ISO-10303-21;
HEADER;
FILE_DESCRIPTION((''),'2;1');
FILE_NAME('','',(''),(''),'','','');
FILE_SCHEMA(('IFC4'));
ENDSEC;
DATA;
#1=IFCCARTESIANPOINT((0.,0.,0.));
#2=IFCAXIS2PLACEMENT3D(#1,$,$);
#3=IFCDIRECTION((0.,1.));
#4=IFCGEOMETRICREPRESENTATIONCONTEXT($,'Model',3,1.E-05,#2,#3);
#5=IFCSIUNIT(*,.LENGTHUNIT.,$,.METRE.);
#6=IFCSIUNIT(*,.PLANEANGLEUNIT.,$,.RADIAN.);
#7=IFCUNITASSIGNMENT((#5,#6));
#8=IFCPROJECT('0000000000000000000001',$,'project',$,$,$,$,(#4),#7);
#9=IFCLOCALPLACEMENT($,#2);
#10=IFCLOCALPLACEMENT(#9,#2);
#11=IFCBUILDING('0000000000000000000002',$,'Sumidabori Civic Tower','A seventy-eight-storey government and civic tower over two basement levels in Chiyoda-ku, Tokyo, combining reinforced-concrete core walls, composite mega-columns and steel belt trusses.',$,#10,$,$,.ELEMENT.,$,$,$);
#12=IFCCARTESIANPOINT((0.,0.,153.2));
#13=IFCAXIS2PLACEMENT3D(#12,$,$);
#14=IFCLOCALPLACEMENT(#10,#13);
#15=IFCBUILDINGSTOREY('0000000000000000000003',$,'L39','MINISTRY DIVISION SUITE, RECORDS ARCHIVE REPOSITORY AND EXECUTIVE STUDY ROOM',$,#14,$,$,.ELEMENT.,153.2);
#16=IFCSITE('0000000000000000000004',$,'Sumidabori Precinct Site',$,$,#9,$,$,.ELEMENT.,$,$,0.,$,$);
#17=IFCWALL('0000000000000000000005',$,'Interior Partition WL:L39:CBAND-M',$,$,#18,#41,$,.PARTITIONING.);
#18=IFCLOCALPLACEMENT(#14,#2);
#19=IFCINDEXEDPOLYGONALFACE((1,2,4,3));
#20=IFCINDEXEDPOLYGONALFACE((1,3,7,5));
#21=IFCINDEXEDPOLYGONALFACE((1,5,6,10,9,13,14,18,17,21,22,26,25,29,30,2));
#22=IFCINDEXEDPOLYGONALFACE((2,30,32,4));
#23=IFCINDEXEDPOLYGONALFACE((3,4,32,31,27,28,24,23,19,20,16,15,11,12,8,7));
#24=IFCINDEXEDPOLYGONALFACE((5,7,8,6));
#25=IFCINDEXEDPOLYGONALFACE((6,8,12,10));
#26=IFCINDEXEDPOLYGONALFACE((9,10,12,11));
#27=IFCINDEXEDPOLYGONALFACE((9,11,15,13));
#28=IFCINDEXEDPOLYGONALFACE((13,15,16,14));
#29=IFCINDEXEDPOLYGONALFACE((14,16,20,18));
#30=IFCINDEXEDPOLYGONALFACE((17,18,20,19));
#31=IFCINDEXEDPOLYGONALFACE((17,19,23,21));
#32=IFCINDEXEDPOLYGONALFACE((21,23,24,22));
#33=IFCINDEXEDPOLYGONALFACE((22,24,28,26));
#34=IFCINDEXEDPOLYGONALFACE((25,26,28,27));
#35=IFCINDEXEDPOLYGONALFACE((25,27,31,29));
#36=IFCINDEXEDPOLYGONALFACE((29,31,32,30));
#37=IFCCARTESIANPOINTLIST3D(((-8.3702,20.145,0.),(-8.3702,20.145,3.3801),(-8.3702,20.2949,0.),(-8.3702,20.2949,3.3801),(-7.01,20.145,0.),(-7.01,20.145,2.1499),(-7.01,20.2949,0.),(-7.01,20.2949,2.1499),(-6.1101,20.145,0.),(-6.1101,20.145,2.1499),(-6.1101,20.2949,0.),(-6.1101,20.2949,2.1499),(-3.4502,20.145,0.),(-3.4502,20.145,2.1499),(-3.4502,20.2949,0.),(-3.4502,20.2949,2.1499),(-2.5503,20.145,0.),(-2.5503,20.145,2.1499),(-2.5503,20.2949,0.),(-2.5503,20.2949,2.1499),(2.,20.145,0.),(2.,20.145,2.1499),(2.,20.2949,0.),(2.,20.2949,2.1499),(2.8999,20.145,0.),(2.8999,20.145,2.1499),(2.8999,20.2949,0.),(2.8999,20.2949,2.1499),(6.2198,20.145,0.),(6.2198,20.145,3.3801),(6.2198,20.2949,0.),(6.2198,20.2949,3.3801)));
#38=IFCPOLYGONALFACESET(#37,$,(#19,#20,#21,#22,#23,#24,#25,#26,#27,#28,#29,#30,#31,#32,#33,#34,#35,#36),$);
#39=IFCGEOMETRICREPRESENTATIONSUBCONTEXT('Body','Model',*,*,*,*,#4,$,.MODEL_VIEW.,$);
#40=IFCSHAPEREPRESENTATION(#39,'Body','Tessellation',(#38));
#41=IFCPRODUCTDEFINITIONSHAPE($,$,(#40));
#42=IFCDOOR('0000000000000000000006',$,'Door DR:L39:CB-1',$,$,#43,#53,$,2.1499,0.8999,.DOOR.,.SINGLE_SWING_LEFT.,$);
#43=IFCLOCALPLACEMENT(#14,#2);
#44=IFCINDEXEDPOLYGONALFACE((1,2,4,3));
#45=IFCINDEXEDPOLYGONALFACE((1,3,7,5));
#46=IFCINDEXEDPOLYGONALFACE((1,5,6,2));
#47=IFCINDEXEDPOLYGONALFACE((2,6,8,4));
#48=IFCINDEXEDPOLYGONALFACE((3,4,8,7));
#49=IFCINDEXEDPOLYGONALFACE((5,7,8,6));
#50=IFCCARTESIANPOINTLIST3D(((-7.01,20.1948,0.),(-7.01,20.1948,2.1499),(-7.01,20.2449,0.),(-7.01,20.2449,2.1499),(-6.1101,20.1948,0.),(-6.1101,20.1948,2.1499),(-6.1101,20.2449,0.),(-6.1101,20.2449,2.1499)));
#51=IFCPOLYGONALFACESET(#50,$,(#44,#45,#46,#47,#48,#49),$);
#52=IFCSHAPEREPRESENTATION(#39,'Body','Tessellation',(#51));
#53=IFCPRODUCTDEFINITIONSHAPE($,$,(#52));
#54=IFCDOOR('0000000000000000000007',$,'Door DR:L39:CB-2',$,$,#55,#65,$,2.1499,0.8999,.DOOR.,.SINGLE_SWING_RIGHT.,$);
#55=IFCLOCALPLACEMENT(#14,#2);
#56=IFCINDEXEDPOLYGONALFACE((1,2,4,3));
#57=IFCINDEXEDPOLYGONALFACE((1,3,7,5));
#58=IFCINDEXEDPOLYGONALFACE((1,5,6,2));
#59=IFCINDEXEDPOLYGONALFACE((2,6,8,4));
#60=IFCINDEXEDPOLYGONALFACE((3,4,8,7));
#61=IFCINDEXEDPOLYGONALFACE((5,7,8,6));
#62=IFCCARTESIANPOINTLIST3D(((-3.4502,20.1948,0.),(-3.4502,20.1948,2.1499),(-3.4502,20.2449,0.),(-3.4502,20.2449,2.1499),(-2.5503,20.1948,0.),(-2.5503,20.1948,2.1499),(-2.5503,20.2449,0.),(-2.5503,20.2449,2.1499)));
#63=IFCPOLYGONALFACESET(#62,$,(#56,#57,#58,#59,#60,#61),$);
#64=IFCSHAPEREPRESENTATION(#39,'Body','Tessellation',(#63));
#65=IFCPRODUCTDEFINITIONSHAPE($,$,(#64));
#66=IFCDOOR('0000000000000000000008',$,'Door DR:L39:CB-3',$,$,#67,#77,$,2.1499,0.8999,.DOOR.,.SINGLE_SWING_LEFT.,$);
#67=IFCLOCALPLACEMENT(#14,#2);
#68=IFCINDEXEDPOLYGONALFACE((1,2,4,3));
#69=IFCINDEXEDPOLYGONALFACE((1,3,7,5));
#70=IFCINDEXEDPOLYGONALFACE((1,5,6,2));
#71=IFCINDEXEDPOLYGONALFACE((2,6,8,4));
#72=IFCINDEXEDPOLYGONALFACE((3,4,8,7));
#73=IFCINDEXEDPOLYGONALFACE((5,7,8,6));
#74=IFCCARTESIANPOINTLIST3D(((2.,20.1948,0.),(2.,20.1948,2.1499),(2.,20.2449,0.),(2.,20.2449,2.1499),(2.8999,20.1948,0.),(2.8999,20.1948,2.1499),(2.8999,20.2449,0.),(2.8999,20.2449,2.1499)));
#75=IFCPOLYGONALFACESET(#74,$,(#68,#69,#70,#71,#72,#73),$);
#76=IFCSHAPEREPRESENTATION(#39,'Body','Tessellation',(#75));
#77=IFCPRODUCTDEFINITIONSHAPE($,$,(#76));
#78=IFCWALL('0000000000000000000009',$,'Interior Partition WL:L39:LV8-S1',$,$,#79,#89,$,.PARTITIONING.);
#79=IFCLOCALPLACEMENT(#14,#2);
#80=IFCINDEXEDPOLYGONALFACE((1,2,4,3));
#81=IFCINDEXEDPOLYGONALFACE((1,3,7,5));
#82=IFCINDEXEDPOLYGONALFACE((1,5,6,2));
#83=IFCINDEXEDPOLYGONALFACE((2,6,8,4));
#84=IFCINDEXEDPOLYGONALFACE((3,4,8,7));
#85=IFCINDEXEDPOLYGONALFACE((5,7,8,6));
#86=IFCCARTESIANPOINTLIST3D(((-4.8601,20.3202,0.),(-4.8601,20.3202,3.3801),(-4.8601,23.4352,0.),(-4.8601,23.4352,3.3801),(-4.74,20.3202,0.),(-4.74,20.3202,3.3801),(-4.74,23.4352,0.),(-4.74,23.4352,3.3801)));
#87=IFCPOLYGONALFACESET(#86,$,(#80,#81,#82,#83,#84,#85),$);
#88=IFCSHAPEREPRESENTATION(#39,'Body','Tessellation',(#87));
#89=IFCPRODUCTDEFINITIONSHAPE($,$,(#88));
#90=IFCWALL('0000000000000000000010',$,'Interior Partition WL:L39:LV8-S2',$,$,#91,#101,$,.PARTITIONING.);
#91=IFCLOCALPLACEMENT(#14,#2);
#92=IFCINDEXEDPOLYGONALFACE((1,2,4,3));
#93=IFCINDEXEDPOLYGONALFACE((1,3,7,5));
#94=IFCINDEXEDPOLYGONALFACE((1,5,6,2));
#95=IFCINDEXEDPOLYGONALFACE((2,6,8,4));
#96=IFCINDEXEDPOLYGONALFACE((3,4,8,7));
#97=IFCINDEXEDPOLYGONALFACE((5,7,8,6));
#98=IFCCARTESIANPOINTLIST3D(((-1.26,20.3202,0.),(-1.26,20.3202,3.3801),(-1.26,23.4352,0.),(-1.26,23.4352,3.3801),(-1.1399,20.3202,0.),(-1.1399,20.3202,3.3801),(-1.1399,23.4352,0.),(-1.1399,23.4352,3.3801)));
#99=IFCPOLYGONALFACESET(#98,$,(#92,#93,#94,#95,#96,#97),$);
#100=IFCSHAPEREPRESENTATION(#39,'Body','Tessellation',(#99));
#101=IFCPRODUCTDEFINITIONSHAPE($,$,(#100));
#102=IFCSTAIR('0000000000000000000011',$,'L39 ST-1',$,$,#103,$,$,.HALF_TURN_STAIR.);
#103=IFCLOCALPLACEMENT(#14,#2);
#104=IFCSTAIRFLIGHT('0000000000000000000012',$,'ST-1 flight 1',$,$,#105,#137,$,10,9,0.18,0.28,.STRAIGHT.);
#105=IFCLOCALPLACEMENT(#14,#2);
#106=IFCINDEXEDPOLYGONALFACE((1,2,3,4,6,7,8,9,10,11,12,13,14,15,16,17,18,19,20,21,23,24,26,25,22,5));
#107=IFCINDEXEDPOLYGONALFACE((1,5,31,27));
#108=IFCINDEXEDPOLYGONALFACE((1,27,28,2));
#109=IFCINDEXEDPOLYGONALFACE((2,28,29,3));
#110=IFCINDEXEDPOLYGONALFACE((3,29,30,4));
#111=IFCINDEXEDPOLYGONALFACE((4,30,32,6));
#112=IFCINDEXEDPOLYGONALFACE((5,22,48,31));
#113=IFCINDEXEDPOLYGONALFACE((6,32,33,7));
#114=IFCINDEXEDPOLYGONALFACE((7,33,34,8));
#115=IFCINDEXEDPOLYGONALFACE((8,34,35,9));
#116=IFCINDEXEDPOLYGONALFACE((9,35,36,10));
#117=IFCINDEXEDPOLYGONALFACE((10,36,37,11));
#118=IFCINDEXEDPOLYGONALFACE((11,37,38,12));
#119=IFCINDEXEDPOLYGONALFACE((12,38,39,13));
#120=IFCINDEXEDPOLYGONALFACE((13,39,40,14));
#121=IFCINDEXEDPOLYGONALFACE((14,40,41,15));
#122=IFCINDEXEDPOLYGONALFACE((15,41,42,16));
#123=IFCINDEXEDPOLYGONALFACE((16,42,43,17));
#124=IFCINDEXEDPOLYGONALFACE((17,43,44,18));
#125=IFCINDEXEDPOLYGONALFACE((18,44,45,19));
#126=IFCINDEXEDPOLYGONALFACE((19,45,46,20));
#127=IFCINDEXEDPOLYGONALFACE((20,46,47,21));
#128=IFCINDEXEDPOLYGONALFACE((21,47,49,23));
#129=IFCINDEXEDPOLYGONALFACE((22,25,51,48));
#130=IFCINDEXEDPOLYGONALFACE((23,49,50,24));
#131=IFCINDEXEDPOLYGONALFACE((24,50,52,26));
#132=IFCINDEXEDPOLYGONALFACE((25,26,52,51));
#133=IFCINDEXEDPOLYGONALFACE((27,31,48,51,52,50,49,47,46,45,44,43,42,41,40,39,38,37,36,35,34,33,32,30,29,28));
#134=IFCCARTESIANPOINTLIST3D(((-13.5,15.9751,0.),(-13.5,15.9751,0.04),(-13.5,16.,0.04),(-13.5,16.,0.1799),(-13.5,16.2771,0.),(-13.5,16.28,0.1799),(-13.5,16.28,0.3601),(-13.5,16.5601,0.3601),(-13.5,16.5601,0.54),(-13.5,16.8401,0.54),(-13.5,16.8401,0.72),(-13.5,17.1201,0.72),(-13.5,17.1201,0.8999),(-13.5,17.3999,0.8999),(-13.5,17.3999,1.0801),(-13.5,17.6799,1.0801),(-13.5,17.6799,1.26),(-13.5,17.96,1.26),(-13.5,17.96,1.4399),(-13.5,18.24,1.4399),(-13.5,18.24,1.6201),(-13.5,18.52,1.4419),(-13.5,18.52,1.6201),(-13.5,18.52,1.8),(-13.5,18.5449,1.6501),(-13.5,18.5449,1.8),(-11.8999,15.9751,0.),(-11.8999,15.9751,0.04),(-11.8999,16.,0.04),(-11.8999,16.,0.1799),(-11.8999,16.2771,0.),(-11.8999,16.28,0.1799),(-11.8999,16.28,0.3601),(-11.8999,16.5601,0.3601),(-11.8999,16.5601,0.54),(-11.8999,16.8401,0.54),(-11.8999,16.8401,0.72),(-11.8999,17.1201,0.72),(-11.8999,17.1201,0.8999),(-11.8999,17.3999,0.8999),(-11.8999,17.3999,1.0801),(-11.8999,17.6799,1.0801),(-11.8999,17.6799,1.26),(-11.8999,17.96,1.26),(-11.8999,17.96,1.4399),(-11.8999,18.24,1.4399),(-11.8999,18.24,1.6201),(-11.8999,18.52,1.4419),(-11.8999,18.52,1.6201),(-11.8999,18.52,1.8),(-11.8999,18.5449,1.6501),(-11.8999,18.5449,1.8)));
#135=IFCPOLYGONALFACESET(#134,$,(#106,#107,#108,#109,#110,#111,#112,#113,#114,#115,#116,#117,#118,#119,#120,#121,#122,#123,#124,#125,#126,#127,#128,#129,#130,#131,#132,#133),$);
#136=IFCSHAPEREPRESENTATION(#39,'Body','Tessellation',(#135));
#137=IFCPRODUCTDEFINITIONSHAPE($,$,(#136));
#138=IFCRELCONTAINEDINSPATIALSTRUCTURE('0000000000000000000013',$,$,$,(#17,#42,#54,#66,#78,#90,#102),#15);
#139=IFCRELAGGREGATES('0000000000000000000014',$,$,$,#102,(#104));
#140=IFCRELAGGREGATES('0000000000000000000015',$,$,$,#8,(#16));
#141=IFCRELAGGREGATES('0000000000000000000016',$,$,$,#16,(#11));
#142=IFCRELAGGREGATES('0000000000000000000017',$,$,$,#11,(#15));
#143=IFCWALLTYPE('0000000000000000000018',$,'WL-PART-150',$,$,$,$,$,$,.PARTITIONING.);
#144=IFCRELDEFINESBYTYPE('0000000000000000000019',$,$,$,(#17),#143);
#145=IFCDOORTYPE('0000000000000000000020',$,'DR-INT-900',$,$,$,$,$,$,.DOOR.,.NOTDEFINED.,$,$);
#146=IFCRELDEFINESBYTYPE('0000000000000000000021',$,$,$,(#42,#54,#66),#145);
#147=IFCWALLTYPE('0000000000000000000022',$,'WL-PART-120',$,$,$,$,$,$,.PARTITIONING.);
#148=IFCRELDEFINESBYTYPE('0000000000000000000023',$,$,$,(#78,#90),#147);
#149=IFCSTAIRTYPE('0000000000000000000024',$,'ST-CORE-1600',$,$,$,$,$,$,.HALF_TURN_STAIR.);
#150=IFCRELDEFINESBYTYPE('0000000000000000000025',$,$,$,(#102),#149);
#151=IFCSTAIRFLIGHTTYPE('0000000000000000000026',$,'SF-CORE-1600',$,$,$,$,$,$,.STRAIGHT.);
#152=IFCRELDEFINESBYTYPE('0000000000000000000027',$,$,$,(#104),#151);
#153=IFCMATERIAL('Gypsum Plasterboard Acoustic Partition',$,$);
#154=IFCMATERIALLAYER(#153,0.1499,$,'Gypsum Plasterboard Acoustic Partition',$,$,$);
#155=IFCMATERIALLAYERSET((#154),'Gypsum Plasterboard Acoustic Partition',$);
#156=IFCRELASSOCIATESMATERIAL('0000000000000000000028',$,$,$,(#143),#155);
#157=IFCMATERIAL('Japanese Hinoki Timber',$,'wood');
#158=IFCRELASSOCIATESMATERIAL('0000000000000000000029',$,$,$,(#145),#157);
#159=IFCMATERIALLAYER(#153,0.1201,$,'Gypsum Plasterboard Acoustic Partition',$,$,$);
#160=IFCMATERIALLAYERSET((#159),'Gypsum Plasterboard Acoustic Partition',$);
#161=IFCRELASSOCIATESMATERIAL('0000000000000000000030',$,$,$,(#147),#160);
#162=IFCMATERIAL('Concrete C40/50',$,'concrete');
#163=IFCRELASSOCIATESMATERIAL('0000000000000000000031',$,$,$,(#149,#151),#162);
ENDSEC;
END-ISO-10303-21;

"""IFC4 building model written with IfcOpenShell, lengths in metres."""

from ifc_helpers import new_model, si_unit, direction, frame, frame_2d, origin, place, context, subcontext, project, spatial, polyline, rectangle, outline, extrude, source, transform, mapped, material, layer, layer_set, type_object, element, fill, aggregate, save


model = new_model("IFC4")

# Units and contexts
model_context = context("Model", 3, precision=1e-05, world=origin(), true_north=direction((0.0, 1.0)))
body_context = subcontext(model_context, "Body", "Model", "MODEL_VIEW")
ifc_project = project(units=[si_unit("LENGTHUNIT", "METRE"), si_unit("PLANEANGLEUNIT", "RADIAN")], contexts=[model_context])

# Site, building, storey
site_placement = place(None, origin())
site = spatial("IfcSite", under=ifc_project, at=site_placement, Name="Sumidabori Precinct Site", CompositionType="ELEMENT", RefElevation=0.0)
building_placement = place(site_placement, origin())
building = spatial("IfcBuilding", under=site, at=building_placement, Name="Sumidabori Civic Tower", Description="A seventy-eight-storey government and civic tower over two basement levels in Chiyoda-ku, Tokyo, combining reinforced-concrete core walls, composite mega-columns and steel belt trusses.", CompositionType="ELEMENT")
storey_placement = place(building_placement, frame((0.0, 0.0, 153.2)))
storey = spatial("IfcBuildingStorey", under=building, at=storey_placement, Name="L39", Description="MINISTRY DIVISION SUITE, RECORDS ARCHIVE REPOSITORY AND EXECUTIVE STUDY ROOM", CompositionType="ELEMENT", Elevation=153.2)

# Shared definitions
ifc_material_1 = material(Name="Gypsum Plasterboard Acoustic Partition")
ifc_layer_1 = layer(ifc_material_1, 0.1499, Name="Gypsum Plasterboard Acoustic Partition")
ifc_layer_set_1 = layer_set([ifc_layer_1], Name="Gypsum Plasterboard Acoustic Partition")
wall_type_1 = type_object("IfcWallType", Name="WL-PART-150", PredefinedType="PARTITIONING", material=ifc_layer_set_1)

# Wall, openings, doors
shared_shape_1 = source(origin(), body_context, "Body", "SweptSolid", [
    extrude(rectangle(XDim=14.5901, YDim=0.1499, at=frame_2d((7.2949, 0.0))), origin(), (0.0, 0.0, 1.0), 3.3801),
])
wall_1_placement = place(storey_placement, frame((-8.3701, 20.22, 0.0), z_axis=(0.0, 0.0, 1.0), x_axis=(1.0, 0.0, 0.0)))
wall_1 = element("IfcWall", 1, at=wall_1_placement, inside=storey, type_object=wall_type_1, Name="Interior Partition WL:L39:CBAND-M", PredefinedType="PARTITIONING", context=body_context, shape_type="MappedRepresentation", body=[
    mapped(shared_shape_1, transform((0.0, 0.0, 0.0), x_axis=(1.0, 0.0, 0.0), y_axis=(0.0, 1.0, 0.0), z_axis=(0.0, 0.0, 1.0), scale=1.0)),
])
opening_1_placement = place(wall_1_placement, frame((1.3601, 0.0, 0.0)))
opening_1 = element("IfcOpeningElement", 2, at=opening_1_placement, cuts=wall_1, PredefinedType="OPENING", context=body_context, shape_type="SweptSolid", body=[
    extrude(rectangle(XDim=0.8999, YDim=2.1499, at=frame_2d((0.45, 1.075))), frame((0.0, 0.0869, 0.0), z_axis=(0.0, -1.0, 0.0), x_axis=(1.0, 0.0, 0.0)), (0.0, 0.0, 1.0), 0.1738),
])
opening_2_placement = place(wall_1_placement, frame((4.9199, 0.0, 0.0)))
opening_2 = element("IfcOpeningElement", 3, at=opening_2_placement, cuts=wall_1, PredefinedType="OPENING", context=body_context, shape_type="SweptSolid", body=[
    extrude(rectangle(XDim=0.8999, YDim=2.1499, at=frame_2d((0.45, 1.075))), frame((0.0, 0.0869, 0.0), z_axis=(0.0, -1.0, 0.0), x_axis=(1.0, 0.0, 0.0)), (0.0, 0.0, 1.0), 0.1738),
])
opening_3_placement = place(wall_1_placement, frame((10.3701, 0.0, 0.0)))
opening_3 = element("IfcOpeningElement", 4, at=opening_3_placement, cuts=wall_1, PredefinedType="OPENING", context=body_context, shape_type="SweptSolid", body=[
    extrude(rectangle(XDim=0.8999, YDim=2.1499, at=frame_2d((0.45, 1.075))), frame((0.0, 0.0869, 0.0), z_axis=(0.0, -1.0, 0.0), x_axis=(1.0, 0.0, 0.0)), (0.0, 0.0, 1.0), 0.1738),
])
ifc_material_2 = material(Name="Japanese Hinoki Timber", Category="wood")
door_type = type_object("IfcDoorType", Name="DR-INT-900", OperationType="NOTDEFINED", PredefinedType="DOOR", material=ifc_material_2)
shared_shape_2 = source(origin(), body_context, "Body", "SweptSolid", [
    extrude(rectangle(XDim=0.8999, YDim=2.1499, at=frame_2d((0.45, 1.075))), frame((0.0, 0.0249, 0.0), z_axis=(0.0, -1.0, 0.0), x_axis=(1.0, 0.0, 0.0)), (0.0, 0.0, 1.0), 0.05),
])
door_1_placement = place(opening_1_placement, origin())
door_1 = element("IfcDoor", 5, at=door_1_placement, inside=storey, type_object=door_type, Name="Door DR:L39:CB-1", OperationType="SINGLE_SWING_LEFT", OverallHeight=2.1499, OverallWidth=0.8999, PredefinedType="DOOR", context=body_context, shape_type="MappedRepresentation", body=[
    mapped(shared_shape_2, transform((0.0, 0.0, 0.0), x_axis=(1.0, 0.0, 0.0), y_axis=(0.0, 1.0, 0.0), z_axis=(0.0, 0.0, 1.0), scale=1.0)),
])
fill(opening_1, door_1)
door_2_placement = place(opening_2_placement, origin())
door_2 = element("IfcDoor", 6, at=door_2_placement, inside=storey, type_object=door_type, Name="Door DR:L39:CB-2", OperationType="SINGLE_SWING_RIGHT", OverallHeight=2.1499, OverallWidth=0.8999, PredefinedType="DOOR", context=body_context, shape_type="MappedRepresentation", body=[
    mapped(shared_shape_2, transform((0.0, 0.0, 0.0), x_axis=(1.0, 0.0, 0.0), y_axis=(0.0, 1.0, 0.0), z_axis=(0.0, 0.0, 1.0), scale=1.0)),
])
fill(opening_2, door_2)
door_3_placement = place(opening_3_placement, origin())
door_3 = element("IfcDoor", 7, at=door_3_placement, inside=storey, type_object=door_type, Name="Door DR:L39:CB-3", OperationType="SINGLE_SWING_LEFT", OverallHeight=2.1499, OverallWidth=0.8999, PredefinedType="DOOR", context=body_context, shape_type="MappedRepresentation", body=[
    mapped(shared_shape_2, transform((0.0, 0.0, 0.0), x_axis=(1.0, 0.0, 0.0), y_axis=(0.0, 1.0, 0.0), z_axis=(0.0, 0.0, 1.0), scale=1.0)),
])
fill(opening_3, door_3)

# Walls
ifc_layer_2 = layer(ifc_material_1, 0.1201, Name="Gypsum Plasterboard Acoustic Partition")
ifc_layer_set_2 = layer_set([ifc_layer_2], Name="Gypsum Plasterboard Acoustic Partition")
wall_type_2 = type_object("IfcWallType", Name="WL-PART-120", PredefinedType="PARTITIONING", material=ifc_layer_set_2)
shared_shape_3 = source(origin(), body_context, "Body", "SweptSolid", [
    extrude(rectangle(XDim=3.115, YDim=0.1201, at=frame_2d((1.5576, 0.0))), origin(), (0.0, 0.0, 1.0), 3.3801),
])
for number, where, z_axis, x_axis, name in (
    (8, (-4.8, 20.3201, 0.0), (0.0, 0.0, 1.0), (0.0, 1.0, 0.0), "Interior Partition WL:L39:LV8-S1"),
    (9, (-1.2, 20.3201, 0.0), (0.0, 0.0, 1.0), (0.0, 1.0, 0.0), "Interior Partition WL:L39:LV8-S2"),
):
    element("IfcWall", number, at=place(storey_placement, frame(where, z_axis=z_axis, x_axis=x_axis)), inside=storey, type_object=wall_type_2, Name=name, PredefinedType="PARTITIONING", context=body_context, shape_type="MappedRepresentation", body=[
        mapped(shared_shape_3, transform((0.0, 0.0, 0.0), x_axis=(1.0, 0.0, 0.0), y_axis=(0.0, 1.0, 0.0), z_axis=(0.0, 0.0, 1.0), scale=1.0)),
    ])

# Stair, stair flight
ifc_material_3 = material(Name="Concrete C40/50", Category="concrete")
stair_type = type_object("IfcStairType", Name="ST-CORE-1600", PredefinedType="HALF_TURN_STAIR", material=ifc_material_3)
stair_placement = place(storey_placement, origin())
stair = element("IfcStair", 10, at=stair_placement, inside=storey, type_object=stair_type, Name="L39 ST-1", PredefinedType="HALF_TURN_STAIR")
stair_flight_type = type_object("IfcStairFlightType", Name="SF-CORE-1600", PredefinedType="STRAIGHT", material=ifc_material_3)
shared_shape_4 = source(origin(), body_context, "Body", "SweptSolid", [
    extrude(outline(polyline([(-0.0249, 0.0), (-0.0249, 0.04), (0.0, 0.04), (0.0, 0.1799), (0.28, 0.1799), (0.28, 0.3601), (0.5601, 0.3601), (0.5601, 0.54), (0.8401, 0.54), (0.8401, 0.72), (1.1201, 0.72), (1.1201, 0.8999), (1.3999, 0.8999), (1.3999, 1.0801), (1.6799, 1.0801), (1.6799, 1.26), (1.96, 1.26), (1.96, 1.4399), (2.24, 1.4399), (2.24, 1.6201), (2.52, 1.6201), (2.52, 1.8), (2.5449, 1.8), (2.5449, 1.6501), (2.52, 1.4419), (0.2771, 0.0), (-0.0249, 0.0)])), frame((0.0, 0.8, 0.0), z_axis=(0.0, -1.0, 0.0), x_axis=(1.0, 0.0, 0.0)), (0.0, 0.0, 1.0), 1.6001),
])
stair_flight_placement = place(storey_placement, frame((-12.7, 16.0, 0.0), z_axis=(0.0, 0.0, 1.0), x_axis=(0.0, 1.0, 0.0)))
stair_flight = element("IfcStairFlight", 11, at=stair_flight_placement, type_object=stair_flight_type, Name="ST-1 flight 1", NumberOfRisers=10, NumberOfTreads=9, PredefinedType="STRAIGHT", RiserHeight=0.18, TreadLength=0.28, context=body_context, shape_type="MappedRepresentation", body=[
    mapped(shared_shape_4, transform((0.0, 0.0, 0.0), x_axis=(1.0, 0.0, 0.0), y_axis=(0.0, 1.0, 0.0), z_axis=(0.0, 0.0, 1.0), scale=1.0)),
])
aggregate(stair, [stair_flight])

save(model, "model.ifc")
